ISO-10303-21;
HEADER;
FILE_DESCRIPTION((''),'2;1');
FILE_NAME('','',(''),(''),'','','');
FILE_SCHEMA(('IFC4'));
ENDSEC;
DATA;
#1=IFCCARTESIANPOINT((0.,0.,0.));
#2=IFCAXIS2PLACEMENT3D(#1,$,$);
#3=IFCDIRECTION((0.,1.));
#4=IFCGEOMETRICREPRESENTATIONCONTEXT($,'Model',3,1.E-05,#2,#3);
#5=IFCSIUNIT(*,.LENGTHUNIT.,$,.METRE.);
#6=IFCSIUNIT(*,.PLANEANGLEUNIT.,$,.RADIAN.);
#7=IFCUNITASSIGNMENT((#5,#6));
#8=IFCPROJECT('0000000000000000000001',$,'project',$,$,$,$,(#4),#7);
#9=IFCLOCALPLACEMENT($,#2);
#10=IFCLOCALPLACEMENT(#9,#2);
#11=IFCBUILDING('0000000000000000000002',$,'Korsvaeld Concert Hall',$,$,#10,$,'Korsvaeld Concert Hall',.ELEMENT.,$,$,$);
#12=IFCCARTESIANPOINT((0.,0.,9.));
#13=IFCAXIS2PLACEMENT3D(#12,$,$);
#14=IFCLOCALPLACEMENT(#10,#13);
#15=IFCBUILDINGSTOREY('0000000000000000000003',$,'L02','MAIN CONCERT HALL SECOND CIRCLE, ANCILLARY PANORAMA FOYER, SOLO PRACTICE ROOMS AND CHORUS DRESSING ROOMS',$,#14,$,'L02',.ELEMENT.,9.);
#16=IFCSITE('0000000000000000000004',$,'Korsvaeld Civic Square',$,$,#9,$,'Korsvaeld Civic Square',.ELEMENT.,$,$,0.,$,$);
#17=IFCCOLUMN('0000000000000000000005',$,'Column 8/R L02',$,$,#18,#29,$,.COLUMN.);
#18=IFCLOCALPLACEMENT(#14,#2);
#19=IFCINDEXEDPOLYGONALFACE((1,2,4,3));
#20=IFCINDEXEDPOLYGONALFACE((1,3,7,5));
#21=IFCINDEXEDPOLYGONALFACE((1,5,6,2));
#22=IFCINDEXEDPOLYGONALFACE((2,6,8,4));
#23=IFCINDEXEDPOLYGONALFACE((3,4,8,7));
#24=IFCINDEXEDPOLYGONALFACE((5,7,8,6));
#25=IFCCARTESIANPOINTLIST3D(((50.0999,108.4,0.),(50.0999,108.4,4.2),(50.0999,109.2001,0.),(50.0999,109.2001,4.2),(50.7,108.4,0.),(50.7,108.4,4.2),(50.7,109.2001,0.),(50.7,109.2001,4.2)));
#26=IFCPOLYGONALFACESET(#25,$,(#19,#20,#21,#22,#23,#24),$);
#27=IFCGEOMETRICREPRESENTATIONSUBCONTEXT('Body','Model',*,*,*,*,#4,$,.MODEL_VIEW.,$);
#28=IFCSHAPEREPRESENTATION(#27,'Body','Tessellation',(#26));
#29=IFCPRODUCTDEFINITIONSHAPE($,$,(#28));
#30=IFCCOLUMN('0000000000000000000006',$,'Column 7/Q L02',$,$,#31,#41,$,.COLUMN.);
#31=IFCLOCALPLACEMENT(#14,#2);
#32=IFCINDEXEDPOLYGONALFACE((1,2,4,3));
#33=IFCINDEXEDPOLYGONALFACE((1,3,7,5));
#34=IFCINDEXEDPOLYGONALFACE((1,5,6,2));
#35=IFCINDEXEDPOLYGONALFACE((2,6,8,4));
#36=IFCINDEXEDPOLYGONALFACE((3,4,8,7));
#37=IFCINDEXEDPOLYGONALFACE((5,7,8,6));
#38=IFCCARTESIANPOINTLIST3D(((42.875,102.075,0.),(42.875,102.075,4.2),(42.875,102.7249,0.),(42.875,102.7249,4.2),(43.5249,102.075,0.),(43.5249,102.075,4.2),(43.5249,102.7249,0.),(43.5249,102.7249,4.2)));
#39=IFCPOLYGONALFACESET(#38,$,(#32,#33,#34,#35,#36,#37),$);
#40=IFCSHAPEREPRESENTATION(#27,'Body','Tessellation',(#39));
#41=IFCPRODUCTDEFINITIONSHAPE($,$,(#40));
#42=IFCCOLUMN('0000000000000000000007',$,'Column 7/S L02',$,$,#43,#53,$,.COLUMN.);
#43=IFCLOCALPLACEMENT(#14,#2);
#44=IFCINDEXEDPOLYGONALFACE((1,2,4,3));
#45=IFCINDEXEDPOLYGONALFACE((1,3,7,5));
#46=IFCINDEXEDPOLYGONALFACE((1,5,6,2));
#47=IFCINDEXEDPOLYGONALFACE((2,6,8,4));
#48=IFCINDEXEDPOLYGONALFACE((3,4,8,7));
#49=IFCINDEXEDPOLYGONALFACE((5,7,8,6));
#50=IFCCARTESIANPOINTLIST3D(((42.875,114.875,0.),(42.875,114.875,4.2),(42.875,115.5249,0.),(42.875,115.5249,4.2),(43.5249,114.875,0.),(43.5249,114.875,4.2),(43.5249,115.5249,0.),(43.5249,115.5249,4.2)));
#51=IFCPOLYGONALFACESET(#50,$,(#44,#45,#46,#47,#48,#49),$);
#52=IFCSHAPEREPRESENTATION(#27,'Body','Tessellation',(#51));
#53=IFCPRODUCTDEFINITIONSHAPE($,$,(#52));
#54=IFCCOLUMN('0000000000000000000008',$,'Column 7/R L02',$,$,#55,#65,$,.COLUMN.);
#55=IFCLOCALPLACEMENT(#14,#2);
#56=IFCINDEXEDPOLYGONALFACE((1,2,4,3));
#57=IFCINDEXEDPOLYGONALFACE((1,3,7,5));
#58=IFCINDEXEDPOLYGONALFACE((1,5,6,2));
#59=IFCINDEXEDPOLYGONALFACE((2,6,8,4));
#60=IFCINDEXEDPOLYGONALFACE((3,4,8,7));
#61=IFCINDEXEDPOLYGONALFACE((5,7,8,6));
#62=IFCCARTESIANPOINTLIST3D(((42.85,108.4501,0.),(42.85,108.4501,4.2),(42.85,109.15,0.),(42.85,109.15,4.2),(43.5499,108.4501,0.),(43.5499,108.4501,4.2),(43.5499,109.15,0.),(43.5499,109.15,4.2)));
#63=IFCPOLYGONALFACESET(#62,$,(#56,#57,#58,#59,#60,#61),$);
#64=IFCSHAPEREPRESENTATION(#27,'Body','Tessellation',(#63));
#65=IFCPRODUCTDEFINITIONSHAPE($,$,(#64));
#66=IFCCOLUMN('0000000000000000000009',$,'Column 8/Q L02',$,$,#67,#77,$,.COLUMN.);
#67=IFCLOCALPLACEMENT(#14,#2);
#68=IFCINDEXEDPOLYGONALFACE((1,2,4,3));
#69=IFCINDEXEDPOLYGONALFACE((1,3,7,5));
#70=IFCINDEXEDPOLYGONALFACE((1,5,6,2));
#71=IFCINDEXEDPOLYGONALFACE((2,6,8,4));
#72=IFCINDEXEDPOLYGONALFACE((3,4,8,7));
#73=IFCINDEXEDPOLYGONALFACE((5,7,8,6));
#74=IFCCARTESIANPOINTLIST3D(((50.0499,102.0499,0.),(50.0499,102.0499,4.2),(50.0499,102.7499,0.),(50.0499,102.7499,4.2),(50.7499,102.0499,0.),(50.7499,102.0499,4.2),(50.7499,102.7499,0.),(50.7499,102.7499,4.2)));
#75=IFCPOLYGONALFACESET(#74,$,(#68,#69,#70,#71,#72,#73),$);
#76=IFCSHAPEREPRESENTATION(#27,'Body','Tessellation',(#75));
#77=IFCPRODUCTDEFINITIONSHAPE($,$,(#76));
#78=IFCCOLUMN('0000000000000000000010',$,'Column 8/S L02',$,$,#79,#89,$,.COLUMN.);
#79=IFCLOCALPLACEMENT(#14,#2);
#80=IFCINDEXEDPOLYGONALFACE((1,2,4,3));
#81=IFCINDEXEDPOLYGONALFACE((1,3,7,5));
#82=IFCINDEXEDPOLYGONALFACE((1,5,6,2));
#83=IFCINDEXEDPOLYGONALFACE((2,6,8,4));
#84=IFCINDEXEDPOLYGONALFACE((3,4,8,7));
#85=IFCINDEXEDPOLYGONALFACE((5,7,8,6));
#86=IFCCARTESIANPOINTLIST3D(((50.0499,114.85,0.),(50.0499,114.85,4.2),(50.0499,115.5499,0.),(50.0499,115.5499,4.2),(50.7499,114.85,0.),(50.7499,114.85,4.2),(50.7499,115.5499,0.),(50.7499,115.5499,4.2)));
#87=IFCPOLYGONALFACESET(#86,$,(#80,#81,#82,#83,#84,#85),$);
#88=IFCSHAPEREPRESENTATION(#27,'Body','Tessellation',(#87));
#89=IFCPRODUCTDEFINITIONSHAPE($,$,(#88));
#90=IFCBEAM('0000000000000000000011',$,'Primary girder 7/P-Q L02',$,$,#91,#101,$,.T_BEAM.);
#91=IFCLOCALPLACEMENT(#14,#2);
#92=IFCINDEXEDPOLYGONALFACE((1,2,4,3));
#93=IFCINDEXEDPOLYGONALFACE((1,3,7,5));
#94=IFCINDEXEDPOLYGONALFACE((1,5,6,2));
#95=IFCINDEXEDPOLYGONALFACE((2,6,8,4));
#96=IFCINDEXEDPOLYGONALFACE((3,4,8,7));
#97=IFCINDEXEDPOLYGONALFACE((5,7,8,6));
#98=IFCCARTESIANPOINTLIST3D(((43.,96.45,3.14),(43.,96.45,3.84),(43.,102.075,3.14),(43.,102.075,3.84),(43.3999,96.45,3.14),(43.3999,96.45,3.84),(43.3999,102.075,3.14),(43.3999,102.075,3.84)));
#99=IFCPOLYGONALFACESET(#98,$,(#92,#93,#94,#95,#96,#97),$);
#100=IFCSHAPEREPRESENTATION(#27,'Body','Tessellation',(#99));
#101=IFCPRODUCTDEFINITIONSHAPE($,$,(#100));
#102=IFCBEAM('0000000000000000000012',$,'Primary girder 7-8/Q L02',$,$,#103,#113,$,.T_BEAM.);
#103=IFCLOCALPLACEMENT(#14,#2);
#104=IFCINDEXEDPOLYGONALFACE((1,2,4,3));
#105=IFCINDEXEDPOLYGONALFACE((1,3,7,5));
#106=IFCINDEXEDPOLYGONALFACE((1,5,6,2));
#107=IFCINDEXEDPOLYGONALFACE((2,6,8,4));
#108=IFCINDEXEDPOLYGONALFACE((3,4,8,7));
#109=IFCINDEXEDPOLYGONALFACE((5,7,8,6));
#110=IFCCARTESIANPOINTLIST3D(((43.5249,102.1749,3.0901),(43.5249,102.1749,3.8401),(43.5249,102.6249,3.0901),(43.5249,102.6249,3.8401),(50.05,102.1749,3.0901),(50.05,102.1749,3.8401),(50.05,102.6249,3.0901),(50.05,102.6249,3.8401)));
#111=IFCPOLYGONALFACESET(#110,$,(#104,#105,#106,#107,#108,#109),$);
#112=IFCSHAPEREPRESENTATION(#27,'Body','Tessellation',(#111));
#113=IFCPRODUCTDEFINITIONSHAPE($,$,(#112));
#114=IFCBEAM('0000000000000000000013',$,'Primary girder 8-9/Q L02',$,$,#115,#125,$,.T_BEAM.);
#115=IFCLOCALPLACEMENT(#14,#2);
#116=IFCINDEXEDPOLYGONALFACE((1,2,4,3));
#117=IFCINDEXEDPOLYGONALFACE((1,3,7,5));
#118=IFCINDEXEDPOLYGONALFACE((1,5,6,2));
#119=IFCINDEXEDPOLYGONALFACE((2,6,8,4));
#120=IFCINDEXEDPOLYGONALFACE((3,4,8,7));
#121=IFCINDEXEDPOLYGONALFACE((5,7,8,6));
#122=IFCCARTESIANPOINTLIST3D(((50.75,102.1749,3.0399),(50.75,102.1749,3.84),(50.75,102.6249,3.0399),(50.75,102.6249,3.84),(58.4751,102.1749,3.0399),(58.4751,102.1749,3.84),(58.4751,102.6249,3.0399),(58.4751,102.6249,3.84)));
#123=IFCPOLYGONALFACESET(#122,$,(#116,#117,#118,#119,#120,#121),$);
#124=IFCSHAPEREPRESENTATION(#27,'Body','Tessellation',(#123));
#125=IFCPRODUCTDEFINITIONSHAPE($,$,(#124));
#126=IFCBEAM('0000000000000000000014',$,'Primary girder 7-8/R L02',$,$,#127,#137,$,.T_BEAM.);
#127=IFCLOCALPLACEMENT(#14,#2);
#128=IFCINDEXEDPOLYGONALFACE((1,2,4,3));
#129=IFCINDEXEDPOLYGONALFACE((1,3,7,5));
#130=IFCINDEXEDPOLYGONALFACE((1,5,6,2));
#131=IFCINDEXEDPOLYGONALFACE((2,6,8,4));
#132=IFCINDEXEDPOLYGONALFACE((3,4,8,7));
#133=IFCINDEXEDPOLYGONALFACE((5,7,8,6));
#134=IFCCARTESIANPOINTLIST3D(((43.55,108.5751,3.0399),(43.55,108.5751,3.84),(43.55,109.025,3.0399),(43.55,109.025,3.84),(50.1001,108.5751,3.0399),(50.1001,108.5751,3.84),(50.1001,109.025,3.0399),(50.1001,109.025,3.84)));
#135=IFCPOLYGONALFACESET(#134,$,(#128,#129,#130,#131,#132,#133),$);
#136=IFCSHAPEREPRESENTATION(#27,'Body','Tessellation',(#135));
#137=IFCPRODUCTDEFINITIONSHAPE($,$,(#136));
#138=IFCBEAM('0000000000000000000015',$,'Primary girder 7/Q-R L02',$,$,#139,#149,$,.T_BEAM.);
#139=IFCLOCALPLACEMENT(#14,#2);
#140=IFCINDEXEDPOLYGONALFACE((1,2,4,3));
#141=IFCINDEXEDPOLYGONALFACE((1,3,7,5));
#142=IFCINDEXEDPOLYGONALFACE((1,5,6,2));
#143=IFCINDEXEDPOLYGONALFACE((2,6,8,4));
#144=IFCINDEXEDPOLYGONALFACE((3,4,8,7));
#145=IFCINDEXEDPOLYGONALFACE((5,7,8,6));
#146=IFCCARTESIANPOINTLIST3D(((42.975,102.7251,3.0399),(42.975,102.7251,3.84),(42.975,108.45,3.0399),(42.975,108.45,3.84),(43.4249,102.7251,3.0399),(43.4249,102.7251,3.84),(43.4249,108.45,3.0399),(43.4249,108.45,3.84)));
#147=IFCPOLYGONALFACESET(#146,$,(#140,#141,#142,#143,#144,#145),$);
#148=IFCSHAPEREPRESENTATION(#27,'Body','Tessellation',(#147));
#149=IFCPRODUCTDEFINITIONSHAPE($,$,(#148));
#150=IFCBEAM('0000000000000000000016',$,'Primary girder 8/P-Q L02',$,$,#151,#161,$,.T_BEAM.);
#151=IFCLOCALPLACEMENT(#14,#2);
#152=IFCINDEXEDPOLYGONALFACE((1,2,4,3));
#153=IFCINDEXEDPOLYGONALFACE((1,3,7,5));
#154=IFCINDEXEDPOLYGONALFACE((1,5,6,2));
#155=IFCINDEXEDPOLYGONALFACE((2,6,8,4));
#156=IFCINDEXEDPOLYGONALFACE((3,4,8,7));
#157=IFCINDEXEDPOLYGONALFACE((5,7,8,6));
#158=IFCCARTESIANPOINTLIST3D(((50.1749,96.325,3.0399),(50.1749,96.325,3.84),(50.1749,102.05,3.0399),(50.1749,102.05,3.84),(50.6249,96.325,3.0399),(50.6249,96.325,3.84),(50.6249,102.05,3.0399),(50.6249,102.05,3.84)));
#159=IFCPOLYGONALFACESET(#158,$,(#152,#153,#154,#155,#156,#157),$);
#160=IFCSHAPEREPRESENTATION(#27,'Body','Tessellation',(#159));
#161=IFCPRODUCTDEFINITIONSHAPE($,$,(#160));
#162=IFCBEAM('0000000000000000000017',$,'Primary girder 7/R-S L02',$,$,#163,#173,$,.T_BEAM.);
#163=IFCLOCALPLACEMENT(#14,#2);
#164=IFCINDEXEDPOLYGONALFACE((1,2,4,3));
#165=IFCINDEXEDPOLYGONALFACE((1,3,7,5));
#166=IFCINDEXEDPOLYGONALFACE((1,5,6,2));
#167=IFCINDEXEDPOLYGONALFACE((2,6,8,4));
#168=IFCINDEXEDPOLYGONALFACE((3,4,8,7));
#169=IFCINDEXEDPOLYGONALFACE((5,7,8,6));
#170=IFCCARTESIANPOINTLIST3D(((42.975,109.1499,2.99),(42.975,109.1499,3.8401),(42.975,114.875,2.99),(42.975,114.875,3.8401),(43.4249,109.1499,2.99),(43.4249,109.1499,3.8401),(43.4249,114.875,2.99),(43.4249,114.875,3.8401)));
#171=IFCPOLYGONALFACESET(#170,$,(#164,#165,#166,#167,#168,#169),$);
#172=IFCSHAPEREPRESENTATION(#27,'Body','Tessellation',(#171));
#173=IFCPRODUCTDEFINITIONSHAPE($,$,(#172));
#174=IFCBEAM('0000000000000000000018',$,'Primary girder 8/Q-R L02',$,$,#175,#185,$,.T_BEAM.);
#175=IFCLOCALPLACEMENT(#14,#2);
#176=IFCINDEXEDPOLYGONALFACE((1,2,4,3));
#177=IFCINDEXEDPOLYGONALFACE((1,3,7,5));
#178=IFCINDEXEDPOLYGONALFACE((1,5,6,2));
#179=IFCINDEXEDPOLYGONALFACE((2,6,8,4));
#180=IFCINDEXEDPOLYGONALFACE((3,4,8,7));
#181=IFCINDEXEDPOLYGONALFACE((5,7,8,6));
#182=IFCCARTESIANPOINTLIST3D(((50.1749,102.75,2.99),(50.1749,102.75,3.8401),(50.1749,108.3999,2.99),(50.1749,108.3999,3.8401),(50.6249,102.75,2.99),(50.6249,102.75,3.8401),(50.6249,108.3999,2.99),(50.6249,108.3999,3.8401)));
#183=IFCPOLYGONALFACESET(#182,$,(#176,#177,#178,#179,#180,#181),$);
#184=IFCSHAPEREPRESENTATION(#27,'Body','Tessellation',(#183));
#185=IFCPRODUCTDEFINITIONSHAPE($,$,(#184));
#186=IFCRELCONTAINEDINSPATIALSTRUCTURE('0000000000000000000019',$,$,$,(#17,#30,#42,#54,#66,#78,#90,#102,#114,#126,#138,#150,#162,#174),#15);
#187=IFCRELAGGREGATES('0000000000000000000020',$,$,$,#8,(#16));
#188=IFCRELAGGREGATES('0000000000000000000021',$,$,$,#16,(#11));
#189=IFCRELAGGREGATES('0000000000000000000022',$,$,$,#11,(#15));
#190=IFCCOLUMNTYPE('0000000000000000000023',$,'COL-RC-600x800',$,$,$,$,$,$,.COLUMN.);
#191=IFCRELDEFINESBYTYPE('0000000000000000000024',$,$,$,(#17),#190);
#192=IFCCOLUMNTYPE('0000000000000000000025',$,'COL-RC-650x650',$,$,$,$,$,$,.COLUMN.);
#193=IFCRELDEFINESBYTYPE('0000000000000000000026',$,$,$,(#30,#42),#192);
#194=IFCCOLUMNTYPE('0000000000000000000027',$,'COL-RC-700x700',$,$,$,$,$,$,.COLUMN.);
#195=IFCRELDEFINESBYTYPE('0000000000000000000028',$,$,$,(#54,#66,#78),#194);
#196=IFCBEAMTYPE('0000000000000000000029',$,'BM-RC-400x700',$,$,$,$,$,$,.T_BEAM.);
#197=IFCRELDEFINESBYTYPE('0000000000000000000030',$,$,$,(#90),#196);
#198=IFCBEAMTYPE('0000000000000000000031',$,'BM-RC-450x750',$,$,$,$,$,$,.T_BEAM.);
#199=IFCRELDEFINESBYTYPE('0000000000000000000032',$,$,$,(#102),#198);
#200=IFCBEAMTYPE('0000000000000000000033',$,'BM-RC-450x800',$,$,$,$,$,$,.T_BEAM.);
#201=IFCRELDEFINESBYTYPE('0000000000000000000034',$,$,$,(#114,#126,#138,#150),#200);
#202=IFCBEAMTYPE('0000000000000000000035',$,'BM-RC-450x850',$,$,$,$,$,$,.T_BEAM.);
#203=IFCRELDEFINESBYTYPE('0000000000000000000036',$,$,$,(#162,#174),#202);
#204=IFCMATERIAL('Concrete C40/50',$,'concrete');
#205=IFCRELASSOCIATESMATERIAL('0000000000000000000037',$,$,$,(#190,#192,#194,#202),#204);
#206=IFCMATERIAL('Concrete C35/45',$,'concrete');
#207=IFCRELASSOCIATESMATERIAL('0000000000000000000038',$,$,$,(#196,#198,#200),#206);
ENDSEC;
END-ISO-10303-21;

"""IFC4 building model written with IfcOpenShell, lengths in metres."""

from ifc_helpers import new_model, si_unit, direction, frame, origin, origin_2d, place, context, subcontext, project, spatial, rectangle, extrude, material, material_profile, profile_set, type_object, element, save


model = new_model("IFC4")

# Units and contexts
model_context = context("Model", 3, precision=1e-05, world=origin(), true_north=direction((0.0, 1.0)))
body_context = subcontext(model_context, "Body", "Model", "MODEL_VIEW")
ifc_project = project(units=[si_unit("LENGTHUNIT", "METRE"), si_unit("PLANEANGLEUNIT", "RADIAN")], contexts=[model_context])

# Site, building, storey
site_placement = place(None, origin())
site = spatial("IfcSite", under=ifc_project, at=site_placement, Name="Korsvaeld Civic Square", LongName="Korsvaeld Civic Square", CompositionType="ELEMENT", RefElevation=0.0)
building_placement = place(site_placement, origin())
building = spatial("IfcBuilding", under=site, at=building_placement, Name="Korsvaeld Concert Hall", LongName="Korsvaeld Concert Hall", CompositionType="ELEMENT")
storey_placement = place(building_placement, frame((0.0, 0.0, 9.0)))
storey = spatial("IfcBuildingStorey", under=building, at=storey_placement, Name="L02", Description="MAIN CONCERT HALL SECOND CIRCLE, ANCILLARY PANORAMA FOYER, SOLO PRACTICE ROOMS AND CHORUS DRESSING ROOMS", LongName="L02", CompositionType="ELEMENT", Elevation=9.0)

# Columns
ifc_material_1 = material(Name="Concrete C40/50", Category="concrete")
ifc_material_profile_1 = material_profile(ifc_material_1, rectangle(XDim=0.6001, YDim=0.8, at=origin_2d()), Name="RC 600x800")
ifc_profile_set_1 = profile_set([ifc_material_profile_1], Name="Concrete C40/50")
column_type_1 = type_object("IfcColumnType", Name="COL-RC-600x800", PredefinedType="COLUMN", material=ifc_profile_set_1)
column_placement = place(storey_placement, frame((50.3999, 108.8, 0.0), z_axis=(0.0, 0.0, 1.0), x_axis=(1.0, 0.0, 0.0)))
element("IfcColumn", 1, at=column_placement, inside=storey, type_object=column_type_1, Name="Column 8/R L02", PredefinedType="COLUMN", context=body_context, shape_type="SweptSolid", body=[
    extrude(rectangle(XDim=0.6001, YDim=0.8, at=origin_2d()), origin(), (0.0, 0.0, 1.0), 4.2),
])
ifc_material_profile_2 = material_profile(ifc_material_1, rectangle(XDim=0.6499, YDim=0.6499, at=origin_2d()), Name="RC 650x650")
ifc_profile_set_2 = profile_set([ifc_material_profile_2], Name="Concrete C40/50")
column_type_2 = type_object("IfcColumnType", Name="COL-RC-650x650", PredefinedType="COLUMN", material=ifc_profile_set_2)
for number, where, z_axis, x_axis, name in (
    (2, (43.2, 102.3999, 0.0), (0.0, 0.0, 1.0), (1.0, 0.0, 0.0), "Column 7/Q L02"),
    (3, (43.2, 115.2, 0.0), (0.0, 0.0, 1.0), (1.0, 0.0, 0.0), "Column 7/S L02"),
):
    element("IfcColumn", number, at=place(storey_placement, frame(where, z_axis=z_axis, x_axis=x_axis)), inside=storey, type_object=column_type_2, Name=name, PredefinedType="COLUMN", context=body_context, shape_type="SweptSolid", body=[
        extrude(rectangle(XDim=0.6499, YDim=0.6499, at=origin_2d()), origin(), (0.0, 0.0, 1.0), 4.2),
    ])
ifc_material_profile_3 = material_profile(ifc_material_1, rectangle(XDim=0.7, YDim=0.7, at=origin_2d()), Name="RC 700x700")
ifc_profile_set_3 = profile_set([ifc_material_profile_3], Name="Concrete C40/50")
column_type_3 = type_object("IfcColumnType", Name="COL-RC-700x700", PredefinedType="COLUMN", material=ifc_profile_set_3)
for number, where, z_axis, x_axis, name in (
    (4, (43.2, 108.8, 0.0), (0.0, 0.0, 1.0), (1.0, 0.0, 0.0), "Column 7/R L02"),
    (5, (50.3999, 102.3999, 0.0), (0.0, 0.0, 1.0), (1.0, 0.0, 0.0), "Column 8/Q L02"),
    (6, (50.3999, 115.2, 0.0), (0.0, 0.0, 1.0), (1.0, 0.0, 0.0), "Column 8/S L02"),
):
    element("IfcColumn", number, at=place(storey_placement, frame(where, z_axis=z_axis, x_axis=x_axis)), inside=storey, type_object=column_type_3, Name=name, PredefinedType="COLUMN", context=body_context, shape_type="SweptSolid", body=[
        extrude(rectangle(XDim=0.7, YDim=0.7, at=origin_2d()), origin(), (0.0, 0.0, 1.0), 4.2),
    ])

# Beams
ifc_material_2 = material(Name="Concrete C35/45", Category="concrete")
ifc_material_profile_4 = material_profile(ifc_material_2, rectangle(XDim=0.3999, YDim=0.7, at=origin_2d()), Name="RC 400x700")
ifc_profile_set_4 = profile_set([ifc_material_profile_4], Name="Concrete C35/45")
beam_type_1 = type_object("IfcBeamType", Name="BM-RC-400x700", PredefinedType="T_BEAM", material=ifc_profile_set_4)
beam_1_placement = place(storey_placement, frame((43.2, 96.45, 3.49), z_axis=(0.0, 1.0, 0.0), x_axis=(-1.0, 0.0, 0.0)))
element("IfcBeam", 7, at=beam_1_placement, inside=storey, type_object=beam_type_1, Name="Primary girder 7/P-Q L02", PredefinedType="T_BEAM", context=body_context, shape_type="SweptSolid", body=[
    extrude(rectangle(XDim=0.3999, YDim=0.7, at=origin_2d()), origin(), (0.0, 0.0, 1.0), 5.625),
])
ifc_material_profile_5 = material_profile(ifc_material_2, rectangle(XDim=0.45, YDim=0.75, at=origin_2d()), Name="RC 450x750")
ifc_profile_set_5 = profile_set([ifc_material_profile_5], Name="Concrete C35/45")
beam_type_2 = type_object("IfcBeamType", Name="BM-RC-450x750", PredefinedType="T_BEAM", material=ifc_profile_set_5)
beam_2_placement = place(storey_placement, frame((43.5249, 102.3999, 3.4651), z_axis=(1.0, 0.0, 0.0), x_axis=(0.0, 1.0, 0.0)))
element("IfcBeam", 8, at=beam_2_placement, inside=storey, type_object=beam_type_2, Name="Primary girder 7-8/Q L02", PredefinedType="T_BEAM", context=body_context, shape_type="SweptSolid", body=[
    extrude(rectangle(XDim=0.45, YDim=0.75, at=origin_2d()), origin(), (0.0, 0.0, 1.0), 6.5251),
])
ifc_material_profile_6 = material_profile(ifc_material_2, rectangle(XDim=0.45, YDim=0.8, at=origin_2d()), Name="RC 450x800")
ifc_profile_set_6 = profile_set([ifc_material_profile_6], Name="Concrete C35/45")
beam_type_3 = type_object("IfcBeamType", Name="BM-RC-450x800", PredefinedType="T_BEAM", material=ifc_profile_set_6)
beam_3_placement = place(storey_placement, frame((50.75, 102.3999, 3.4399), z_axis=(1.0, 0.0, 0.0), x_axis=(0.0, 1.0, 0.0)))
element("IfcBeam", 9, at=beam_3_placement, inside=storey, type_object=beam_type_3, Name="Primary girder 8-9/Q L02", PredefinedType="T_BEAM", context=body_context, shape_type="SweptSolid", body=[
    extrude(rectangle(XDim=0.45, YDim=0.8, at=origin_2d()), origin(), (0.0, 0.0, 1.0), 7.7251),
])
beam_4_placement = place(storey_placement, frame((43.55, 108.8, 3.4399), z_axis=(1.0, 0.0, 0.0), x_axis=(0.0, 1.0, 0.0)))
element("IfcBeam", 10, at=beam_4_placement, inside=storey, type_object=beam_type_3, Name="Primary girder 7-8/R L02", PredefinedType="T_BEAM", context=body_context, shape_type="SweptSolid", body=[
    extrude(rectangle(XDim=0.45, YDim=0.8, at=origin_2d()), origin(), (0.0, 0.0, 1.0), 6.55),
])
beam_5_placement = place(storey_placement, frame((43.2, 102.7251, 3.4399), z_axis=(0.0, 1.0, 0.0), x_axis=(-1.0, 0.0, 0.0)))
element("IfcBeam", 11, at=beam_5_placement, inside=storey, type_object=beam_type_3, Name="Primary girder 7/Q-R L02", PredefinedType="T_BEAM", context=body_context, shape_type="SweptSolid", body=[
    extrude(rectangle(XDim=0.45, YDim=0.8, at=origin_2d()), origin(), (0.0, 0.0, 1.0), 5.7249),
])
beam_6_placement = place(storey_placement, frame((50.3999, 96.325, 3.4399), z_axis=(0.0, 1.0, 0.0), x_axis=(-1.0, 0.0, 0.0)))
element("IfcBeam", 12, at=beam_6_placement, inside=storey, type_object=beam_type_3, Name="Primary girder 8/P-Q L02", PredefinedType="T_BEAM", context=body_context, shape_type="SweptSolid", body=[
    extrude(rectangle(XDim=0.45, YDim=0.8, at=origin_2d()), origin(), (0.0, 0.0, 1.0), 5.7251),
])
ifc_material_profile_7 = material_profile(ifc_material_1, rectangle(XDim=0.45, YDim=0.8501, at=origin_2d()), Name="RC 450x850")
ifc_profile_set_7 = profile_set([ifc_material_profile_7], Name="Concrete C40/50")
beam_type_4 = type_object("IfcBeamType", Name="BM-RC-450x850", PredefinedType="T_BEAM", material=ifc_profile_set_7)
beam_7_placement = place(storey_placement, frame((43.2, 109.1499, 3.415), z_axis=(0.0, 1.0, 0.0), x_axis=(-1.0, 0.0, 0.0)))
element("IfcBeam", 13, at=beam_7_placement, inside=storey, type_object=beam_type_4, Name="Primary girder 7/R-S L02", PredefinedType="T_BEAM", context=body_context, shape_type="SweptSolid", body=[
    extrude(rectangle(XDim=0.45, YDim=0.8501, at=origin_2d()), origin(), (0.0, 0.0, 1.0), 5.7251),
])
beam_8_placement = place(storey_placement, frame((50.3999, 102.75, 3.415), z_axis=(0.0, 1.0, 0.0), x_axis=(-1.0, 0.0, 0.0)))
element("IfcBeam", 14, at=beam_8_placement, inside=storey, type_object=beam_type_4, Name="Primary girder 8/Q-R L02", PredefinedType="T_BEAM", context=body_context, shape_type="SweptSolid", body=[
    extrude(rectangle(XDim=0.45, YDim=0.8501, at=origin_2d()), origin(), (0.0, 0.0, 1.0), 5.6499),
])

save(model, "model.ifc")
